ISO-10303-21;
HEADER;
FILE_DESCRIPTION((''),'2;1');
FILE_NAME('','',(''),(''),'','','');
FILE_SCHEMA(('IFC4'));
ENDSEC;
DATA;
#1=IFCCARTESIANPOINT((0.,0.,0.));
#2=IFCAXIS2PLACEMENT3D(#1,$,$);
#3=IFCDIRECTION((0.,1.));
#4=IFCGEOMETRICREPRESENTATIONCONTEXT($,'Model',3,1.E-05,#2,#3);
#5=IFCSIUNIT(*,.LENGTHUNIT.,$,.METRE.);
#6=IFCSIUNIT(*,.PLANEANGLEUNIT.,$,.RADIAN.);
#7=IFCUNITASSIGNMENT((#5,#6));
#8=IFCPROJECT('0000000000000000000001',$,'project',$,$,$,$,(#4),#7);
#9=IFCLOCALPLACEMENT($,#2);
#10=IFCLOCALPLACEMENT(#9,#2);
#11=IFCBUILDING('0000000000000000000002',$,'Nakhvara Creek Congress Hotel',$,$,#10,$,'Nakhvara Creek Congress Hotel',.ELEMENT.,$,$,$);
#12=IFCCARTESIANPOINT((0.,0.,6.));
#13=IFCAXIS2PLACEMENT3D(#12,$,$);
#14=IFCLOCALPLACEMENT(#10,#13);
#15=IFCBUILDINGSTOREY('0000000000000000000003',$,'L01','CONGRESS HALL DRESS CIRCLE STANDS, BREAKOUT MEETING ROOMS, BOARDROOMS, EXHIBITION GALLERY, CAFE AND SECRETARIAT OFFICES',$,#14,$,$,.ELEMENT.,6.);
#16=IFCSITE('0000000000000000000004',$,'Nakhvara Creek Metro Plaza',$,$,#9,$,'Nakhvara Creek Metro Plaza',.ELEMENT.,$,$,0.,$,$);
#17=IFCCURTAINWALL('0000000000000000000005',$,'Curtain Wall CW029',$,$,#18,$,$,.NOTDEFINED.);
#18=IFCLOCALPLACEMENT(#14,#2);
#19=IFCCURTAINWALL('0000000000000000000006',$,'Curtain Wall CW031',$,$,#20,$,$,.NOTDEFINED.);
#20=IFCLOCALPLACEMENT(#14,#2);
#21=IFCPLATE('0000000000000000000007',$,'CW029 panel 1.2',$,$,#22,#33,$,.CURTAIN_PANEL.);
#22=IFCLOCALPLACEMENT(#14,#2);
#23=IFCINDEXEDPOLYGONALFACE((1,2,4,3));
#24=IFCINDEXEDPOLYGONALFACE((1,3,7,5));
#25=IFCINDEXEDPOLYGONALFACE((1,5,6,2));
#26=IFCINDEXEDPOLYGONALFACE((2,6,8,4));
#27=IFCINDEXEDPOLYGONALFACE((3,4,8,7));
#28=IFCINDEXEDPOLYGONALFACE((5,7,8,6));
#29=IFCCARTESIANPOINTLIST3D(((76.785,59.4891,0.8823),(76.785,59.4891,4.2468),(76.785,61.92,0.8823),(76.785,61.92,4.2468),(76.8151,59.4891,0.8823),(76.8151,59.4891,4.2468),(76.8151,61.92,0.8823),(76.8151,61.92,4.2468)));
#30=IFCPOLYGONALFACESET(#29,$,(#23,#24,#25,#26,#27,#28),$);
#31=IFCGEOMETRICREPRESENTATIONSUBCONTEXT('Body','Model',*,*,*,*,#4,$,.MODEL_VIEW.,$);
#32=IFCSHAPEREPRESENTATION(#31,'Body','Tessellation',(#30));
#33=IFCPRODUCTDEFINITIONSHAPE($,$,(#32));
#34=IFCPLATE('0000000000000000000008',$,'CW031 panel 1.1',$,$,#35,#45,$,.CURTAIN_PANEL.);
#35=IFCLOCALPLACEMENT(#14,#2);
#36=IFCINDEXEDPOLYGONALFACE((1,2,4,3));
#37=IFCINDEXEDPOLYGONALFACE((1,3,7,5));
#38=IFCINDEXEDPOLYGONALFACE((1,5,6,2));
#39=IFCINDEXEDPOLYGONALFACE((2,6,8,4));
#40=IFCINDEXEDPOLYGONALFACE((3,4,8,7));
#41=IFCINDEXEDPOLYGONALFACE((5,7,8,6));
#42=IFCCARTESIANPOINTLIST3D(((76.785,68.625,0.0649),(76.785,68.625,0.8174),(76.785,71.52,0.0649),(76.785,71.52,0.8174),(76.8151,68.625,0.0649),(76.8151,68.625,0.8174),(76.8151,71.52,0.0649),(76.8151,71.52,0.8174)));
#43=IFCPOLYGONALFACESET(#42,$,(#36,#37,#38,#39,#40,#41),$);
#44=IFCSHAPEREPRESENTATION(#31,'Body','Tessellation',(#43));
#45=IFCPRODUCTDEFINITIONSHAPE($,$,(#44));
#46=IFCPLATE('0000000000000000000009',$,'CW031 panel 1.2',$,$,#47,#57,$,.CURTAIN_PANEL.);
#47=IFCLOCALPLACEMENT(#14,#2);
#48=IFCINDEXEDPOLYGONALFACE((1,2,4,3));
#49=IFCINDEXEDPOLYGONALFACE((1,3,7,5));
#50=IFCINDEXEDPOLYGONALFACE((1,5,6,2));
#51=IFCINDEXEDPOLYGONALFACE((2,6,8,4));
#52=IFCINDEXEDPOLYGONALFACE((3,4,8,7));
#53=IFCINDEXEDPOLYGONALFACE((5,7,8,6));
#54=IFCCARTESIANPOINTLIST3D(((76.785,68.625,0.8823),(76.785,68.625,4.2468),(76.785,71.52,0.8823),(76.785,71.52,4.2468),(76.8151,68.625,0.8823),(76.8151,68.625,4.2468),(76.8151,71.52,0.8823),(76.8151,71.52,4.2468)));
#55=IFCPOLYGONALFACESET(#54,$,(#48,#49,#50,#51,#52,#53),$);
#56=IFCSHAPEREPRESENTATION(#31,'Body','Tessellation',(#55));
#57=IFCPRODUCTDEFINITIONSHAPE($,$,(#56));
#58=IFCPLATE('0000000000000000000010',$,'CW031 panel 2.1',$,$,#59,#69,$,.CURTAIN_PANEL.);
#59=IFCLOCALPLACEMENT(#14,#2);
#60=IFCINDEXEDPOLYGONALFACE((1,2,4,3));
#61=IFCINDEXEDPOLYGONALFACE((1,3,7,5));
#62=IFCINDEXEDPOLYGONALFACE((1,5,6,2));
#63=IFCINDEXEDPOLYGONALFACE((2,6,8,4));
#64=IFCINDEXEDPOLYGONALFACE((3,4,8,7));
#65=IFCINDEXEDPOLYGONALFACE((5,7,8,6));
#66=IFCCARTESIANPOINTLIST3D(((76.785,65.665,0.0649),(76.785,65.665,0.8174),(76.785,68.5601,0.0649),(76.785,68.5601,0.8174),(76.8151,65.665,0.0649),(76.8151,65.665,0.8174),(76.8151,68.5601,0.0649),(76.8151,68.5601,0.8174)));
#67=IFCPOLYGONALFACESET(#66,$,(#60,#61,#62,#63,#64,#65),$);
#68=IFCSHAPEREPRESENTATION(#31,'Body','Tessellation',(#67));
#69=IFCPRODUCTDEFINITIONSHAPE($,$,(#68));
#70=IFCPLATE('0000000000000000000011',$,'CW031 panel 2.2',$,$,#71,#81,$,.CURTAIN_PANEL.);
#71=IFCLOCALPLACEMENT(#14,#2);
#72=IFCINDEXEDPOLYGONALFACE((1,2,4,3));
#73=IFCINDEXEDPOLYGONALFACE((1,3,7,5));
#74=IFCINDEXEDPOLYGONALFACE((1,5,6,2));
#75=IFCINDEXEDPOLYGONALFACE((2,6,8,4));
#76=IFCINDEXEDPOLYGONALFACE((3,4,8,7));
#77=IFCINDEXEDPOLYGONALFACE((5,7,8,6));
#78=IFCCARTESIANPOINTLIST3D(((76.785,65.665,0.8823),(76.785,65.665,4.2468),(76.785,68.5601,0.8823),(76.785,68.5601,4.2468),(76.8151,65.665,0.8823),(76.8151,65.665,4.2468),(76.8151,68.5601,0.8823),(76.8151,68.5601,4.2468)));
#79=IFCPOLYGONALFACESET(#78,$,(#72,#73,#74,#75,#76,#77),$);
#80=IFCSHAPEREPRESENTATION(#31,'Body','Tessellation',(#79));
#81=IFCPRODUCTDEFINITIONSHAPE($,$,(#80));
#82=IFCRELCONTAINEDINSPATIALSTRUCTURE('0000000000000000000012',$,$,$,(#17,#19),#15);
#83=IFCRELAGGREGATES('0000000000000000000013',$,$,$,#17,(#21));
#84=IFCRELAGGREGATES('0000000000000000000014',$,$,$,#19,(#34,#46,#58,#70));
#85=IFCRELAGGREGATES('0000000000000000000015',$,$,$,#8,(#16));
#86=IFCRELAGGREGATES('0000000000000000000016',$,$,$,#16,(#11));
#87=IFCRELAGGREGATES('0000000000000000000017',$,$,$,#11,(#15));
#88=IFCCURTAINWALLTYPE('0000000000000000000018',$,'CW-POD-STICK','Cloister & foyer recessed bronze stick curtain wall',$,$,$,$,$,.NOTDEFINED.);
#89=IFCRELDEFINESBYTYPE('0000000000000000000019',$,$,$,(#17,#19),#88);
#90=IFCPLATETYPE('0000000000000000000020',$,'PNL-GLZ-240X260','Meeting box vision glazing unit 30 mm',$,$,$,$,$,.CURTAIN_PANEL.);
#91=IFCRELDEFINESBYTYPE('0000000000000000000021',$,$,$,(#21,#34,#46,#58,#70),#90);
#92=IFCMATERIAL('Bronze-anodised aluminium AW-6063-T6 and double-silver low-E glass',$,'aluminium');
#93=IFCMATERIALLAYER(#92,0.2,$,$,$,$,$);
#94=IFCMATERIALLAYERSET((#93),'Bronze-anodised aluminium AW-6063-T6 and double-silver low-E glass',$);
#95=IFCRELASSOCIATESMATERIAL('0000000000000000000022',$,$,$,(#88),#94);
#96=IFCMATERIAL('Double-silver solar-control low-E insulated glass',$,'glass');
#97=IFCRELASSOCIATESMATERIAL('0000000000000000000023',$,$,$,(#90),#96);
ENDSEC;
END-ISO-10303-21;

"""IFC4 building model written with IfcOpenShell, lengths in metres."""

from ifc_helpers import new_model, si_unit, direction, frame, origin, origin_2d, place, context, subcontext, project, spatial, rectangle, extrude, material, layer, layer_set, type_object, element, aggregate, save


model = new_model("IFC4")

# Units and contexts
model_context = context("Model", 3, precision=1e-05, world=origin(), true_north=direction((0.0, 1.0)))
body_context = subcontext(model_context, "Body", "Model", "MODEL_VIEW")
ifc_project = project(units=[si_unit("LENGTHUNIT", "METRE"), si_unit("PLANEANGLEUNIT", "RADIAN")], contexts=[model_context])

# Site, building, storey
site_placement = place(None, origin())
site = spatial("IfcSite", under=ifc_project, at=site_placement, Name="Nakhvara Creek Metro Plaza", LongName="Nakhvara Creek Metro Plaza", CompositionType="ELEMENT", RefElevation=0.0)
building_placement = place(site_placement, origin())
building = spatial("IfcBuilding", under=site, at=building_placement, Name="Nakhvara Creek Congress Hotel", LongName="Nakhvara Creek Congress Hotel", CompositionType="ELEMENT")
storey_placement = place(building_placement, frame((0.0, 0.0, 6.0)))
storey = spatial("IfcBuildingStorey", under=building, at=storey_placement, Name="L01", Description="CONGRESS HALL DRESS CIRCLE STANDS, BREAKOUT MEETING ROOMS, BOARDROOMS, EXHIBITION GALLERY, CAFE AND SECRETARIAT OFFICES", CompositionType="ELEMENT", Elevation=6.0)

# Curtain walls
ifc_material_1 = material(Name="Bronze-anodised aluminium AW-6063-T6 and double-silver low-E glass", Category="aluminium")
ifc_layer = layer(ifc_material_1, 0.2)
ifc_layer_set = layer_set([ifc_layer], Name="Bronze-anodised aluminium AW-6063-T6 and double-silver low-E glass")
curtain_wall_type = type_object("IfcCurtainWallType", Name="CW-POD-STICK", Description="Cloister & foyer recessed bronze stick curtain wall", PredefinedType="NOTDEFINED", material=ifc_layer_set)
curtain_wall_1_placement = place(storey_placement, origin())
curtain_wall_1 = element("IfcCurtainWall", 1, at=curtain_wall_1_placement, inside=storey, type_object=curtain_wall_type, Name="Curtain Wall CW029", PredefinedType="NOTDEFINED")
curtain_wall_2_placement = place(storey_placement, origin())
curtain_wall_2 = element("IfcCurtainWall", 2, at=curtain_wall_2_placement, inside=storey, type_object=curtain_wall_type, Name="Curtain Wall CW031", PredefinedType="NOTDEFINED")

# Plates
ifc_material_2 = material(Name="Double-silver solar-control low-E insulated glass", Category="glass")
plate_type = type_object("IfcPlateType", Name="PNL-GLZ-240X260", Description="Meeting box vision glazing unit 30 mm", PredefinedType="CURTAIN_PANEL", material=ifc_material_2)
plate_1_placement = place(storey_placement, frame((76.8, 60.7046, 0.8823), z_axis=(0.0, 0.0, 1.0), x_axis=(0.0, -1.0, 0.0)))
plate_1 = element("IfcPlate", 3, at=plate_1_placement, type_object=plate_type, Name="CW029 panel 1.2", PredefinedType="CURTAIN_PANEL", context=body_context, shape_type="SweptSolid", body=[
    extrude(rectangle(XDim=2.4309, YDim=0.03, at=origin_2d()), origin(), (0.0, 0.0, 1.0), 3.3645),
])
aggregate(curtain_wall_1, [plate_1])
plate_2_placement = place(storey_placement, frame((76.8, 70.0725, 0.0649), z_axis=(0.0, 0.0, 1.0), x_axis=(0.0, -1.0, 0.0)))
plate_2 = element("IfcPlate", 4, at=plate_2_placement, type_object=plate_type, Name="CW031 panel 1.1", PredefinedType="CURTAIN_PANEL", context=body_context, shape_type="SweptSolid", body=[
    extrude(rectangle(XDim=2.895, YDim=0.03, at=origin_2d()), origin(), (0.0, 0.0, 1.0), 0.7524),
])
plate_3_placement = place(storey_placement, frame((76.8, 70.0725, 0.8823), z_axis=(0.0, 0.0, 1.0), x_axis=(0.0, -1.0, 0.0)))
plate_3 = element("IfcPlate", 5, at=plate_3_placement, type_object=plate_type, Name="CW031 panel 1.2", PredefinedType="CURTAIN_PANEL", context=body_context, shape_type="SweptSolid", body=[
    extrude(rectangle(XDim=2.895, YDim=0.03, at=origin_2d()), origin(), (0.0, 0.0, 1.0), 3.3645),
])
plate_4_placement = place(storey_placement, frame((76.8, 67.1125, 0.0649), z_axis=(0.0, 0.0, 1.0), x_axis=(0.0, -1.0, 0.0)))
plate_4 = element("IfcPlate", 6, at=plate_4_placement, type_object=plate_type, Name="CW031 panel 2.1", PredefinedType="CURTAIN_PANEL", context=body_context, shape_type="SweptSolid", body=[
    extrude(rectangle(XDim=2.895, YDim=0.03, at=origin_2d()), origin(), (0.0, 0.0, 1.0), 0.7524),
])
plate_5_placement = place(storey_placement, frame((76.8, 67.1125, 0.8823), z_axis=(0.0, 0.0, 1.0), x_axis=(0.0, -1.0, 0.0)))
plate_5 = element("IfcPlate", 7, at=plate_5_placement, type_object=plate_type, Name="CW031 panel 2.2", PredefinedType="CURTAIN_PANEL", context=body_context, shape_type="SweptSolid", body=[
    extrude(rectangle(XDim=2.895, YDim=0.03, at=origin_2d()), origin(), (0.0, 0.0, 1.0), 3.3645),
])
aggregate(curtain_wall_2, [plate_2, plate_3, plate_4, plate_5])

save(model, "model.ifc")
